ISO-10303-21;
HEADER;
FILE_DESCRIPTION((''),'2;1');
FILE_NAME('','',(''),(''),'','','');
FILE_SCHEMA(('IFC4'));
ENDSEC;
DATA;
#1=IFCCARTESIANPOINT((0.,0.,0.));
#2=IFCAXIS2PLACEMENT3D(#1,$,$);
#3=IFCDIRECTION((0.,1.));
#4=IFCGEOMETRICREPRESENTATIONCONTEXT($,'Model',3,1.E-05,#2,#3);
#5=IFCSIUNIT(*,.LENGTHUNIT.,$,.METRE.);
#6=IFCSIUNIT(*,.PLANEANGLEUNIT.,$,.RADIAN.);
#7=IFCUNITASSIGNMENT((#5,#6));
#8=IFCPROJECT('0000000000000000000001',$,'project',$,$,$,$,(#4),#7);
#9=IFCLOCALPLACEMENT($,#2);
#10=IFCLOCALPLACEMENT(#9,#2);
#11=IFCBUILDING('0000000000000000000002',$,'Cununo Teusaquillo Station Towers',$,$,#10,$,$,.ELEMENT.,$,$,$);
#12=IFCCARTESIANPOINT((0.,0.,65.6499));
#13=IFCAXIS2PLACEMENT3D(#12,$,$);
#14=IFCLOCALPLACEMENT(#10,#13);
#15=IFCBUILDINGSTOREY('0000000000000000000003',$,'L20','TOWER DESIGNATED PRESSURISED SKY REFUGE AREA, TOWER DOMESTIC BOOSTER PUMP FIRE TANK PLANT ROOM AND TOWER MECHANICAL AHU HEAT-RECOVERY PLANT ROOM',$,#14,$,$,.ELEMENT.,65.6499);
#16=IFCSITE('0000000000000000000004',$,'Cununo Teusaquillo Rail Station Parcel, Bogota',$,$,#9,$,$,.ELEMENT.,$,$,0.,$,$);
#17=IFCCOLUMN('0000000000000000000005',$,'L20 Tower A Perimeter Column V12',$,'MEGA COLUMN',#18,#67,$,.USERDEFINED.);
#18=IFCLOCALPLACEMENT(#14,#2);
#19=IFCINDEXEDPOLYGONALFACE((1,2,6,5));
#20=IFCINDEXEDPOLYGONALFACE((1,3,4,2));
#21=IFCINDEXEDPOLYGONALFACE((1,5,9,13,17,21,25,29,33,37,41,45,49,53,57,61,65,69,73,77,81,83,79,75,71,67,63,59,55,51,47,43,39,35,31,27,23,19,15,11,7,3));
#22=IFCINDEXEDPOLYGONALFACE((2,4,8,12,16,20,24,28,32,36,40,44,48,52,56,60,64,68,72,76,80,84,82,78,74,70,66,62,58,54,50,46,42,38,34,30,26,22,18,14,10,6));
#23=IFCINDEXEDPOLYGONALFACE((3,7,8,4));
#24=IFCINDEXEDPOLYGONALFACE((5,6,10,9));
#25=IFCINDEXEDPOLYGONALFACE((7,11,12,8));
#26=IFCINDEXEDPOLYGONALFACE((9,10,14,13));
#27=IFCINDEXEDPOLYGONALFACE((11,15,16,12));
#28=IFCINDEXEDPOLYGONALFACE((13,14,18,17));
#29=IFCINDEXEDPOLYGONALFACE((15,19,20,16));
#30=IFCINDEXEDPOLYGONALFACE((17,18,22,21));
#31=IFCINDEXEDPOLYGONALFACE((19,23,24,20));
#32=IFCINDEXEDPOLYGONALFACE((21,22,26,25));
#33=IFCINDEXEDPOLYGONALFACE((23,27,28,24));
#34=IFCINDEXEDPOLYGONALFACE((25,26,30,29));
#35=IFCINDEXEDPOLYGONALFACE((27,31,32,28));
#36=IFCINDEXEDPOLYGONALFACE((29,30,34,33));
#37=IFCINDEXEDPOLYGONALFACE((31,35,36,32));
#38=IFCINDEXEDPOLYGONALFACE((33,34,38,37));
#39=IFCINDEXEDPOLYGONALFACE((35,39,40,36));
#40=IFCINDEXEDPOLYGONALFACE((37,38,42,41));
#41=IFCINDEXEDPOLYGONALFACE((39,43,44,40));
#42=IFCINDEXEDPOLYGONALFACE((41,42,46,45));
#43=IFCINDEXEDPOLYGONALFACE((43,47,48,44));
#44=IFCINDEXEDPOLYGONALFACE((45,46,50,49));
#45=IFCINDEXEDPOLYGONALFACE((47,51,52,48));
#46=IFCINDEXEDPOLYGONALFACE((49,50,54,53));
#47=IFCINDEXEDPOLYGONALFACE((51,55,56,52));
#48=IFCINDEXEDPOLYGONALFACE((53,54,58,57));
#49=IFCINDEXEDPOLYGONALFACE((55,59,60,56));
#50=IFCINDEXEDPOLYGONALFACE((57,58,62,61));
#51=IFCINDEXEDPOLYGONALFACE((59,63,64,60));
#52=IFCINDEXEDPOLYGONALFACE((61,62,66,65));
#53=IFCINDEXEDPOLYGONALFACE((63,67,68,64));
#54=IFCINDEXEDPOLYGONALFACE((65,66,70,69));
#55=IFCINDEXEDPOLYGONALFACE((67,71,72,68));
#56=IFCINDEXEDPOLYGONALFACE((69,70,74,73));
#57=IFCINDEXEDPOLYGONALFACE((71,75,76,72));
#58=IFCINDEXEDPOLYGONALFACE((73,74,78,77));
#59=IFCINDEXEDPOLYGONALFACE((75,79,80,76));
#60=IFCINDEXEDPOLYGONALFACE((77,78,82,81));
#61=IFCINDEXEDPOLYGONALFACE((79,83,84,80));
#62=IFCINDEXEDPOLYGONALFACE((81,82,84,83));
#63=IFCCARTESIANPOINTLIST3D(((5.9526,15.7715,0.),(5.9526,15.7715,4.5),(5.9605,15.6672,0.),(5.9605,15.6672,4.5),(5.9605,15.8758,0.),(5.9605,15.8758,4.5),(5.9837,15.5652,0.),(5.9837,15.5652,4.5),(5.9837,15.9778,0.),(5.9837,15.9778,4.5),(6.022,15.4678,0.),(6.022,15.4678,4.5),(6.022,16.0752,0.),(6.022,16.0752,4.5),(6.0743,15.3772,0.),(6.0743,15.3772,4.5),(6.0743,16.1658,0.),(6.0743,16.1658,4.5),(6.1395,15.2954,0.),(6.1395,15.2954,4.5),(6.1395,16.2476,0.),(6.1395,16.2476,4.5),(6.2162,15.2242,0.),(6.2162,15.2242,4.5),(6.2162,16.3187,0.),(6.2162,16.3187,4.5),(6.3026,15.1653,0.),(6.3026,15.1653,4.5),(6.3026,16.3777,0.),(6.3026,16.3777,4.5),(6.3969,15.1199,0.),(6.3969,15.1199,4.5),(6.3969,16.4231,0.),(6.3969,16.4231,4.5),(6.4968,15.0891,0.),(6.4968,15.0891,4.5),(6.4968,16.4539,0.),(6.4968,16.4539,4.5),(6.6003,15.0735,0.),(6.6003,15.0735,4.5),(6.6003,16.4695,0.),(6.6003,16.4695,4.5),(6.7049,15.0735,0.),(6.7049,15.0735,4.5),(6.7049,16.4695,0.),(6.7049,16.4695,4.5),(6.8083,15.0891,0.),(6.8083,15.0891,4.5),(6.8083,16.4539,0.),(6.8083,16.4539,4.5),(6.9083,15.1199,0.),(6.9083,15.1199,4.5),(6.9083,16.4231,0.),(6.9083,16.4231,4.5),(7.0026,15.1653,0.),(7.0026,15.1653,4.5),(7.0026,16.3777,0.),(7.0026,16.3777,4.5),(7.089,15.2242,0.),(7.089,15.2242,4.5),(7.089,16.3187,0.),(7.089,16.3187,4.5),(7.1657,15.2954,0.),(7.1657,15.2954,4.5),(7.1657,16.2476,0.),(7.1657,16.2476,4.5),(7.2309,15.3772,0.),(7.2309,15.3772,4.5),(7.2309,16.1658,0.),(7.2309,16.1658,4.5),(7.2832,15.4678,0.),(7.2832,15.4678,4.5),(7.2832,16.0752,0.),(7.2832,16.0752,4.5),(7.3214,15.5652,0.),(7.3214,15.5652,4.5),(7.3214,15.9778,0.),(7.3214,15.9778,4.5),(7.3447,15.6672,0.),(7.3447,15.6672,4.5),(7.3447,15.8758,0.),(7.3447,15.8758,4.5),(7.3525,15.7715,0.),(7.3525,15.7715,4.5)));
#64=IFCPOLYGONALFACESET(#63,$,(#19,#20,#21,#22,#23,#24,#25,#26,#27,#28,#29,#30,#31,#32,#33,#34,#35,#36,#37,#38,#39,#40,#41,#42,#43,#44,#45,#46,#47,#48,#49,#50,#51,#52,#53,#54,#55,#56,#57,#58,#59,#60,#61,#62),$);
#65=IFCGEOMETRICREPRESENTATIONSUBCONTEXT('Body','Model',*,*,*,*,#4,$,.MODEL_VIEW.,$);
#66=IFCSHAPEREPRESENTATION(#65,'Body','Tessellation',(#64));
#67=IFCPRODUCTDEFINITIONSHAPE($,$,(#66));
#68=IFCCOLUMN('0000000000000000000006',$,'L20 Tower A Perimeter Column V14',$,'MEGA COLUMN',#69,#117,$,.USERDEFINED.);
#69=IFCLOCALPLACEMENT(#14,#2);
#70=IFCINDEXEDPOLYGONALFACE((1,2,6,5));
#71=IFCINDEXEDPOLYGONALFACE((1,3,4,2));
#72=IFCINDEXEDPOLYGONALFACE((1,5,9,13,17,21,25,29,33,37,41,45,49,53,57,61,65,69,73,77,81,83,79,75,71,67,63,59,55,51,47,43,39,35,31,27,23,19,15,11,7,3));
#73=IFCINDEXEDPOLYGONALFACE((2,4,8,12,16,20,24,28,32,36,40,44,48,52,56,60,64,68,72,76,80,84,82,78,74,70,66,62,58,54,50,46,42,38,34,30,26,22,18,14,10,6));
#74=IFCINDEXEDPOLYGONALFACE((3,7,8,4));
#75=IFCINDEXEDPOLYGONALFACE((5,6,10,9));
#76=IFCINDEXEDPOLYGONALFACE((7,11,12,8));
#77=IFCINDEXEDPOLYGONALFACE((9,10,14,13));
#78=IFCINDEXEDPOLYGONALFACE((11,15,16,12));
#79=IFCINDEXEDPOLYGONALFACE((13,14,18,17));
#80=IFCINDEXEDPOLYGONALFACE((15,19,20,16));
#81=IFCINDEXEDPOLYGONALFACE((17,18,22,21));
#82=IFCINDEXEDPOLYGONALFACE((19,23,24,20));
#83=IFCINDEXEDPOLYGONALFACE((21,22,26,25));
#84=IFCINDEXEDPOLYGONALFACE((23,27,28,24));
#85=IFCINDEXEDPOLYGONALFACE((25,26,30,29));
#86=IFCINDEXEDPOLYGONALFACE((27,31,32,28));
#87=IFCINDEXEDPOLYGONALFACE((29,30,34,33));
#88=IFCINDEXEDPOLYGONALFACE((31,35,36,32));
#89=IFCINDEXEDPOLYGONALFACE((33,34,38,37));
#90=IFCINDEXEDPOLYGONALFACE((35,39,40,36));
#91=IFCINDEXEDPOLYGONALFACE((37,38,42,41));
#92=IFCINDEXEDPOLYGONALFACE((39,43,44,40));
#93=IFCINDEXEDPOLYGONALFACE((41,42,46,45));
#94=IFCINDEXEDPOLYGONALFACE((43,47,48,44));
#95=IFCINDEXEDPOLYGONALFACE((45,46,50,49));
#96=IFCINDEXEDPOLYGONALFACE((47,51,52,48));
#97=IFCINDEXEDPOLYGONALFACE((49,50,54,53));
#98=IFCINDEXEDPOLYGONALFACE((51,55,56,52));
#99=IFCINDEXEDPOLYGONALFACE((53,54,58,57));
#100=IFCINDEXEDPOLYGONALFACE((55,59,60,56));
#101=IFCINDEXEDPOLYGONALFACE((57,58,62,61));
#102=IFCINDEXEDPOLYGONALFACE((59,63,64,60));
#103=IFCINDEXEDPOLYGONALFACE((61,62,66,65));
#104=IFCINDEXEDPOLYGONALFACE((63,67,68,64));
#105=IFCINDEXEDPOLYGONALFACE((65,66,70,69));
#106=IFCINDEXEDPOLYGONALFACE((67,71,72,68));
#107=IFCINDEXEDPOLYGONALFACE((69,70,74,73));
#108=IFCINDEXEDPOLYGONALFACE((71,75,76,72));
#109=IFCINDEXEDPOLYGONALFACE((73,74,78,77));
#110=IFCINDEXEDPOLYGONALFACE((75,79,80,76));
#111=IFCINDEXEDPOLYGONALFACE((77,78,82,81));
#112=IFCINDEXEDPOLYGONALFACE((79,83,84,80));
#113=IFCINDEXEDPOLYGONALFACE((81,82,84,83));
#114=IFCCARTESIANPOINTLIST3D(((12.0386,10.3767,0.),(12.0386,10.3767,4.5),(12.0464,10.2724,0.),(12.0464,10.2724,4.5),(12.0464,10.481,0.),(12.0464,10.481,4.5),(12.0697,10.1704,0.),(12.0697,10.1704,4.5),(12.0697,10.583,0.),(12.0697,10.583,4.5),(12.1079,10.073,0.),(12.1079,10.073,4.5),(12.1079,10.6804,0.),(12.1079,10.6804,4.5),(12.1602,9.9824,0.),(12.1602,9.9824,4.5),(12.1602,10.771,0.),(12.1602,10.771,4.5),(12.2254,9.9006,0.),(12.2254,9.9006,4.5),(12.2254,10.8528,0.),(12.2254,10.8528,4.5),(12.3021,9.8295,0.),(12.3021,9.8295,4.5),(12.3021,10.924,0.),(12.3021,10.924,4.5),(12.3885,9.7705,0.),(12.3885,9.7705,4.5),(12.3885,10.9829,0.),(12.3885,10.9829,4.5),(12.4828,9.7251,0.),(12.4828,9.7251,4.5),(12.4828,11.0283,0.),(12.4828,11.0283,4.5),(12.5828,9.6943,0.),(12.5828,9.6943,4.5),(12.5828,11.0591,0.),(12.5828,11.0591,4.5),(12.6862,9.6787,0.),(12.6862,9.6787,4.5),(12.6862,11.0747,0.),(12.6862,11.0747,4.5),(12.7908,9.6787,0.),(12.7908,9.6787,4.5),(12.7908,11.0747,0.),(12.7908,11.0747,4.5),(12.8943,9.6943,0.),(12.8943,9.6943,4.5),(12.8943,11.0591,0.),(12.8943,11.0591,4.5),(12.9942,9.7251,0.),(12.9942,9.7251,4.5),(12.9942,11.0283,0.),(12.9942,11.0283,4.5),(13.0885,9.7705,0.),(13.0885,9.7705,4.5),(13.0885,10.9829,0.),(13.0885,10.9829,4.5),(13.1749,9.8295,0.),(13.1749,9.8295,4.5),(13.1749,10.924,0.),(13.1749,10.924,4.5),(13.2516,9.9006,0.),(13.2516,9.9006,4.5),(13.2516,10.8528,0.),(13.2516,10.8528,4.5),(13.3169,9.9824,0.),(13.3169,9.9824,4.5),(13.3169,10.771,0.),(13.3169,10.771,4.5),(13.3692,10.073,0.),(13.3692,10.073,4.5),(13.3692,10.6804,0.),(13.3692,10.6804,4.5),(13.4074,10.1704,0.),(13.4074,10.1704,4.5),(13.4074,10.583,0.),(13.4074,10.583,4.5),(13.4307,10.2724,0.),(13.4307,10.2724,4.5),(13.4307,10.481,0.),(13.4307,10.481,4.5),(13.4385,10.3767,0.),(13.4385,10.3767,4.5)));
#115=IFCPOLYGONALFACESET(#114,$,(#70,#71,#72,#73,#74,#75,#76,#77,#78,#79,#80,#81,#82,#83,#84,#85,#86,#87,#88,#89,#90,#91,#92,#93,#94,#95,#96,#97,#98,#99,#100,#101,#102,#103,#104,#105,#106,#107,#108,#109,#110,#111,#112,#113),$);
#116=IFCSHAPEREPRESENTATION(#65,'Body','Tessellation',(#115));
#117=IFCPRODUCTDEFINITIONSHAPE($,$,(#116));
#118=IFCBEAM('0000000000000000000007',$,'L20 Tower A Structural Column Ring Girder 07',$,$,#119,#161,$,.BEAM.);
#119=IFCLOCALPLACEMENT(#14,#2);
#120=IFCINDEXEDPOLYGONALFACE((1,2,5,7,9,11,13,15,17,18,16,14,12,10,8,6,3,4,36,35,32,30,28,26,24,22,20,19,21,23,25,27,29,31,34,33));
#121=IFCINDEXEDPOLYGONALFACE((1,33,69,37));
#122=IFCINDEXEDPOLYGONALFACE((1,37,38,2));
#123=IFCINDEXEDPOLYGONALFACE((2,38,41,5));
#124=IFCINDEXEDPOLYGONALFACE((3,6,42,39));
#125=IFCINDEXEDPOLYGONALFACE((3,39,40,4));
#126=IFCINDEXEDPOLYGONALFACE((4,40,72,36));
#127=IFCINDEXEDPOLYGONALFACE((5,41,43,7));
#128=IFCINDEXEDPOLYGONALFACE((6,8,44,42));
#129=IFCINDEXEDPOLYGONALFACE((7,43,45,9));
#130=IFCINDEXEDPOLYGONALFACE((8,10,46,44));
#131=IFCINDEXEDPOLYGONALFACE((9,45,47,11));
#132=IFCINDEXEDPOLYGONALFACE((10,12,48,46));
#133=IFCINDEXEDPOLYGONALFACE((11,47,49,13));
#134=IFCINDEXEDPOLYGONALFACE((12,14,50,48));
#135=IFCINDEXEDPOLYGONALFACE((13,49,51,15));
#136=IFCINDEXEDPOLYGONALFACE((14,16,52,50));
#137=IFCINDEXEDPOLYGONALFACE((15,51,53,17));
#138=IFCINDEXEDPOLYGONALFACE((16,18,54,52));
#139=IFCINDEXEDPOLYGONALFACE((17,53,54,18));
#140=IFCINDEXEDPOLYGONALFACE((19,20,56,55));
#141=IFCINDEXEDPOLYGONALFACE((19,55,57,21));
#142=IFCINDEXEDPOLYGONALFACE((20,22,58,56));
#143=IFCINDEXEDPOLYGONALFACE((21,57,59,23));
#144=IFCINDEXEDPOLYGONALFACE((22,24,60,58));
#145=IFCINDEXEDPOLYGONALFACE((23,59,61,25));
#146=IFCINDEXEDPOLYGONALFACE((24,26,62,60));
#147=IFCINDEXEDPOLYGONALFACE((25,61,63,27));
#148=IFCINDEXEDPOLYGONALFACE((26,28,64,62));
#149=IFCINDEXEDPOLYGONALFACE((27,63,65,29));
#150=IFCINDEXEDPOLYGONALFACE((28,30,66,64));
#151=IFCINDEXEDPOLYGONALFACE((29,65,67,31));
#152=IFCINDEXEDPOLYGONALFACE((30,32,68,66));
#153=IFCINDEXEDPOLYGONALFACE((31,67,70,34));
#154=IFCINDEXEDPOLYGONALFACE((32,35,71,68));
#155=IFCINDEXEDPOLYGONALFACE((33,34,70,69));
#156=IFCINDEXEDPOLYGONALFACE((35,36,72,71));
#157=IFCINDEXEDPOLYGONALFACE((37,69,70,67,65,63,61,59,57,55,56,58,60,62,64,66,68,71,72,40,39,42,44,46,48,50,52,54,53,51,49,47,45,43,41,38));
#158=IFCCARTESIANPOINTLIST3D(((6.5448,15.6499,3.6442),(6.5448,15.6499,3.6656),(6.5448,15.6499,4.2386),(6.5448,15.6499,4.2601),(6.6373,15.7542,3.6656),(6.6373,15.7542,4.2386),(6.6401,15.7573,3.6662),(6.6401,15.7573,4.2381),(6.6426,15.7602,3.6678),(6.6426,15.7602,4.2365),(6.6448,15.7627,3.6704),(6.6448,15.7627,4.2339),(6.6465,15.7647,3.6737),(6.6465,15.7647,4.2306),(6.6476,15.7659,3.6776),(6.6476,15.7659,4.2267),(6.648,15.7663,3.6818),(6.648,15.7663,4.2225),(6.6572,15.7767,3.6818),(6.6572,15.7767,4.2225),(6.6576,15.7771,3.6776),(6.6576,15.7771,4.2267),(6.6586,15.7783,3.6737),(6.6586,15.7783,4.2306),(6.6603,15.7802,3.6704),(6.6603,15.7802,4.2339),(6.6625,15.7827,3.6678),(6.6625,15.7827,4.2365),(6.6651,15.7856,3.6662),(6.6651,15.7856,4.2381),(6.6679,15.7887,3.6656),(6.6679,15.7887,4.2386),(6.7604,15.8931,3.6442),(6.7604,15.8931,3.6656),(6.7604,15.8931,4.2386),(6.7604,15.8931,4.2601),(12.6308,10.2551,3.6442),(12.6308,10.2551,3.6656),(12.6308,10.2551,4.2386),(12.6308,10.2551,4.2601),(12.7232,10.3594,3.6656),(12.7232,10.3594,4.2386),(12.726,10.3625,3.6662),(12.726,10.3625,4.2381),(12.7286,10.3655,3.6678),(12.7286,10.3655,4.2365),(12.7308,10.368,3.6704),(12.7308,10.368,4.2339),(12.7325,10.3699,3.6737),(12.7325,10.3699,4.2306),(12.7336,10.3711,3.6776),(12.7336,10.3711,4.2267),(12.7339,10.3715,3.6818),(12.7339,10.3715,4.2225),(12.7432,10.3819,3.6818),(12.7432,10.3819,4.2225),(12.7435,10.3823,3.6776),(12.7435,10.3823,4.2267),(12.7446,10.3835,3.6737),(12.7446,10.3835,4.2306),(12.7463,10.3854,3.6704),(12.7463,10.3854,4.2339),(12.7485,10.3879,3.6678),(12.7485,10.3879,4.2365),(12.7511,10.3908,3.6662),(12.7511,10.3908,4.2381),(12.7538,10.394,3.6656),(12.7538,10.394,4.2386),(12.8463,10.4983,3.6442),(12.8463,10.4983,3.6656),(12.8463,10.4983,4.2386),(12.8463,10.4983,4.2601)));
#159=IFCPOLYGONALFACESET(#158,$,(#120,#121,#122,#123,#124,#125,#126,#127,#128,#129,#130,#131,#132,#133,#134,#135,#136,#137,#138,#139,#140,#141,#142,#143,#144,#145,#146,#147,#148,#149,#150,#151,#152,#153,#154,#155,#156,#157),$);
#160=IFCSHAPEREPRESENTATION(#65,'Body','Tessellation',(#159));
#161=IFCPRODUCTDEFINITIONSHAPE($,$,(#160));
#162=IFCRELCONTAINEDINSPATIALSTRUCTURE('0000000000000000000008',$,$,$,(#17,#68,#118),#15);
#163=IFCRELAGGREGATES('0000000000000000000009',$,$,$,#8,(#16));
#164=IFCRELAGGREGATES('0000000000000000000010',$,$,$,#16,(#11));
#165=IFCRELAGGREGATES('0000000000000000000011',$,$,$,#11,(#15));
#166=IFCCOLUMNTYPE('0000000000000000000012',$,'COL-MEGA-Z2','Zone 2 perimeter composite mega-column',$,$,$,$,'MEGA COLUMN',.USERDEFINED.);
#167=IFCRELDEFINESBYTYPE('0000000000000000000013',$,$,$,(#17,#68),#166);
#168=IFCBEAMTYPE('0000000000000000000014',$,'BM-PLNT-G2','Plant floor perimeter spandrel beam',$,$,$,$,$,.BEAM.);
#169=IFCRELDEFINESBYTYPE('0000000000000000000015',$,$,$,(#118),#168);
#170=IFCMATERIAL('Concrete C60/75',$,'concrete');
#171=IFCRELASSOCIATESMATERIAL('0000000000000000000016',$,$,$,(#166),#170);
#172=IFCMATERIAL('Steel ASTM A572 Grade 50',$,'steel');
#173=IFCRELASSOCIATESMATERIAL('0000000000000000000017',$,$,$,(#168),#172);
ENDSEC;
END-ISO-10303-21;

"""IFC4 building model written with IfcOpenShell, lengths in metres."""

from ifc_helpers import new_model, si_unit, direction, frame, origin, origin_2d, place, context, subcontext, project, spatial, circle, i_section, extrude, material, material_profile, profile_set, type_object, element, save


model = new_model("IFC4")

# Units and contexts
model_context = context("Model", 3, precision=1e-05, world=origin(), true_north=direction((0.0, 1.0)))
body_context = subcontext(model_context, "Body", "Model", "MODEL_VIEW")
ifc_project = project(units=[si_unit("LENGTHUNIT", "METRE"), si_unit("PLANEANGLEUNIT", "RADIAN")], contexts=[model_context])

# Site, building, storey
site_placement = place(None, origin())
site = spatial("IfcSite", under=ifc_project, at=site_placement, Name="Cununo Teusaquillo Rail Station Parcel, Bogota", CompositionType="ELEMENT", RefElevation=0.0)
building_placement = place(site_placement, origin())
building = spatial("IfcBuilding", under=site, at=building_placement, Name="Cununo Teusaquillo Station Towers", CompositionType="ELEMENT")
storey_placement = place(building_placement, frame((0.0, 0.0, 65.6499)))
storey = spatial("IfcBuildingStorey", under=building, at=storey_placement, Name="L20", Description="TOWER DESIGNATED PRESSURISED SKY REFUGE AREA, TOWER DOMESTIC BOOSTER PUMP FIRE TANK PLANT ROOM AND TOWER MECHANICAL AHU HEAT-RECOVERY PLANT ROOM", CompositionType="ELEMENT", Elevation=65.6499)

# Columns
ifc_material_1 = material(Name="Concrete C60/75", Category="concrete")
ifc_material_profile_1 = material_profile(ifc_material_1, circle(Radius=0.7, at=origin_2d()), Name="RC-CIRC-1400")
ifc_profile_set_1 = profile_set([ifc_material_profile_1], Name="Concrete C60/75")
column_type = type_object("IfcColumnType", Name="COL-MEGA-Z2", Description="Zone 2 perimeter composite mega-column", ElementType="MEGA COLUMN", PredefinedType="USERDEFINED", material=ifc_profile_set_1)
for number, where, z_axis, x_axis, name in (
    (1, (6.6526, 15.7715, 0.0), (0.0, 0.0, 1.0), (1.0, 0.0, 0.0), "L20 Tower A Perimeter Column V12"),
    (2, (12.7385, 10.3767, 0.0), (0.0, 0.0, 1.0), (1.0, 0.0, 0.0), "L20 Tower A Perimeter Column V14"),
):
    element("IfcColumn", number, at=place(storey_placement, frame(where, z_axis=z_axis, x_axis=x_axis)), inside=storey, type_object=column_type, Name=name, ObjectType="MEGA COLUMN", PredefinedType="USERDEFINED", context=body_context, shape_type="SweptSolid", body=[
        extrude(circle(Radius=0.7, at=origin_2d()), origin(), (0.0, 0.0, 1.0), 4.5),
    ])

# Beam
ifc_material_2 = material(Name="Steel ASTM A572 Grade 50", Category="steel")
ifc_material_profile_2 = material_profile(ifc_material_2, i_section(OverallWidth=0.325, OverallDepth=0.616, WebThickness=0.0139, FlangeThickness=0.0215, FilletRadius=0.0161, at=origin_2d()), Name="W24X117")
ifc_profile_set_2 = profile_set([ifc_material_profile_2], Name="Steel ASTM A572 Grade 50")
beam_type = type_object("IfcBeamType", Name="BM-PLNT-G2", Description="Plant floor perimeter spandrel beam", PredefinedType="BEAM", material=ifc_profile_set_2)
beam_1_placement = place(storey_placement, frame((6.6526, 15.7715, 3.9521), z_axis=(0.748321, -0.663337, 0.0), x_axis=(0.663337, 0.748321, 0.0)))
element("IfcBeam", 3, at=beam_1_placement, inside=storey, type_object=beam_type, Name="L20 Tower A Structural Column Ring Girder 07", PredefinedType="BEAM", context=body_context, shape_type="SweptSolid", body=[
    extrude(i_section(OverallWidth=0.325, OverallDepth=0.616, WebThickness=0.0139, FlangeThickness=0.0215, FilletRadius=0.0161, at=origin_2d()), origin(), (0.0, 0.0, 1.0), 8.1328),
])

save(model, "model.ifc")
